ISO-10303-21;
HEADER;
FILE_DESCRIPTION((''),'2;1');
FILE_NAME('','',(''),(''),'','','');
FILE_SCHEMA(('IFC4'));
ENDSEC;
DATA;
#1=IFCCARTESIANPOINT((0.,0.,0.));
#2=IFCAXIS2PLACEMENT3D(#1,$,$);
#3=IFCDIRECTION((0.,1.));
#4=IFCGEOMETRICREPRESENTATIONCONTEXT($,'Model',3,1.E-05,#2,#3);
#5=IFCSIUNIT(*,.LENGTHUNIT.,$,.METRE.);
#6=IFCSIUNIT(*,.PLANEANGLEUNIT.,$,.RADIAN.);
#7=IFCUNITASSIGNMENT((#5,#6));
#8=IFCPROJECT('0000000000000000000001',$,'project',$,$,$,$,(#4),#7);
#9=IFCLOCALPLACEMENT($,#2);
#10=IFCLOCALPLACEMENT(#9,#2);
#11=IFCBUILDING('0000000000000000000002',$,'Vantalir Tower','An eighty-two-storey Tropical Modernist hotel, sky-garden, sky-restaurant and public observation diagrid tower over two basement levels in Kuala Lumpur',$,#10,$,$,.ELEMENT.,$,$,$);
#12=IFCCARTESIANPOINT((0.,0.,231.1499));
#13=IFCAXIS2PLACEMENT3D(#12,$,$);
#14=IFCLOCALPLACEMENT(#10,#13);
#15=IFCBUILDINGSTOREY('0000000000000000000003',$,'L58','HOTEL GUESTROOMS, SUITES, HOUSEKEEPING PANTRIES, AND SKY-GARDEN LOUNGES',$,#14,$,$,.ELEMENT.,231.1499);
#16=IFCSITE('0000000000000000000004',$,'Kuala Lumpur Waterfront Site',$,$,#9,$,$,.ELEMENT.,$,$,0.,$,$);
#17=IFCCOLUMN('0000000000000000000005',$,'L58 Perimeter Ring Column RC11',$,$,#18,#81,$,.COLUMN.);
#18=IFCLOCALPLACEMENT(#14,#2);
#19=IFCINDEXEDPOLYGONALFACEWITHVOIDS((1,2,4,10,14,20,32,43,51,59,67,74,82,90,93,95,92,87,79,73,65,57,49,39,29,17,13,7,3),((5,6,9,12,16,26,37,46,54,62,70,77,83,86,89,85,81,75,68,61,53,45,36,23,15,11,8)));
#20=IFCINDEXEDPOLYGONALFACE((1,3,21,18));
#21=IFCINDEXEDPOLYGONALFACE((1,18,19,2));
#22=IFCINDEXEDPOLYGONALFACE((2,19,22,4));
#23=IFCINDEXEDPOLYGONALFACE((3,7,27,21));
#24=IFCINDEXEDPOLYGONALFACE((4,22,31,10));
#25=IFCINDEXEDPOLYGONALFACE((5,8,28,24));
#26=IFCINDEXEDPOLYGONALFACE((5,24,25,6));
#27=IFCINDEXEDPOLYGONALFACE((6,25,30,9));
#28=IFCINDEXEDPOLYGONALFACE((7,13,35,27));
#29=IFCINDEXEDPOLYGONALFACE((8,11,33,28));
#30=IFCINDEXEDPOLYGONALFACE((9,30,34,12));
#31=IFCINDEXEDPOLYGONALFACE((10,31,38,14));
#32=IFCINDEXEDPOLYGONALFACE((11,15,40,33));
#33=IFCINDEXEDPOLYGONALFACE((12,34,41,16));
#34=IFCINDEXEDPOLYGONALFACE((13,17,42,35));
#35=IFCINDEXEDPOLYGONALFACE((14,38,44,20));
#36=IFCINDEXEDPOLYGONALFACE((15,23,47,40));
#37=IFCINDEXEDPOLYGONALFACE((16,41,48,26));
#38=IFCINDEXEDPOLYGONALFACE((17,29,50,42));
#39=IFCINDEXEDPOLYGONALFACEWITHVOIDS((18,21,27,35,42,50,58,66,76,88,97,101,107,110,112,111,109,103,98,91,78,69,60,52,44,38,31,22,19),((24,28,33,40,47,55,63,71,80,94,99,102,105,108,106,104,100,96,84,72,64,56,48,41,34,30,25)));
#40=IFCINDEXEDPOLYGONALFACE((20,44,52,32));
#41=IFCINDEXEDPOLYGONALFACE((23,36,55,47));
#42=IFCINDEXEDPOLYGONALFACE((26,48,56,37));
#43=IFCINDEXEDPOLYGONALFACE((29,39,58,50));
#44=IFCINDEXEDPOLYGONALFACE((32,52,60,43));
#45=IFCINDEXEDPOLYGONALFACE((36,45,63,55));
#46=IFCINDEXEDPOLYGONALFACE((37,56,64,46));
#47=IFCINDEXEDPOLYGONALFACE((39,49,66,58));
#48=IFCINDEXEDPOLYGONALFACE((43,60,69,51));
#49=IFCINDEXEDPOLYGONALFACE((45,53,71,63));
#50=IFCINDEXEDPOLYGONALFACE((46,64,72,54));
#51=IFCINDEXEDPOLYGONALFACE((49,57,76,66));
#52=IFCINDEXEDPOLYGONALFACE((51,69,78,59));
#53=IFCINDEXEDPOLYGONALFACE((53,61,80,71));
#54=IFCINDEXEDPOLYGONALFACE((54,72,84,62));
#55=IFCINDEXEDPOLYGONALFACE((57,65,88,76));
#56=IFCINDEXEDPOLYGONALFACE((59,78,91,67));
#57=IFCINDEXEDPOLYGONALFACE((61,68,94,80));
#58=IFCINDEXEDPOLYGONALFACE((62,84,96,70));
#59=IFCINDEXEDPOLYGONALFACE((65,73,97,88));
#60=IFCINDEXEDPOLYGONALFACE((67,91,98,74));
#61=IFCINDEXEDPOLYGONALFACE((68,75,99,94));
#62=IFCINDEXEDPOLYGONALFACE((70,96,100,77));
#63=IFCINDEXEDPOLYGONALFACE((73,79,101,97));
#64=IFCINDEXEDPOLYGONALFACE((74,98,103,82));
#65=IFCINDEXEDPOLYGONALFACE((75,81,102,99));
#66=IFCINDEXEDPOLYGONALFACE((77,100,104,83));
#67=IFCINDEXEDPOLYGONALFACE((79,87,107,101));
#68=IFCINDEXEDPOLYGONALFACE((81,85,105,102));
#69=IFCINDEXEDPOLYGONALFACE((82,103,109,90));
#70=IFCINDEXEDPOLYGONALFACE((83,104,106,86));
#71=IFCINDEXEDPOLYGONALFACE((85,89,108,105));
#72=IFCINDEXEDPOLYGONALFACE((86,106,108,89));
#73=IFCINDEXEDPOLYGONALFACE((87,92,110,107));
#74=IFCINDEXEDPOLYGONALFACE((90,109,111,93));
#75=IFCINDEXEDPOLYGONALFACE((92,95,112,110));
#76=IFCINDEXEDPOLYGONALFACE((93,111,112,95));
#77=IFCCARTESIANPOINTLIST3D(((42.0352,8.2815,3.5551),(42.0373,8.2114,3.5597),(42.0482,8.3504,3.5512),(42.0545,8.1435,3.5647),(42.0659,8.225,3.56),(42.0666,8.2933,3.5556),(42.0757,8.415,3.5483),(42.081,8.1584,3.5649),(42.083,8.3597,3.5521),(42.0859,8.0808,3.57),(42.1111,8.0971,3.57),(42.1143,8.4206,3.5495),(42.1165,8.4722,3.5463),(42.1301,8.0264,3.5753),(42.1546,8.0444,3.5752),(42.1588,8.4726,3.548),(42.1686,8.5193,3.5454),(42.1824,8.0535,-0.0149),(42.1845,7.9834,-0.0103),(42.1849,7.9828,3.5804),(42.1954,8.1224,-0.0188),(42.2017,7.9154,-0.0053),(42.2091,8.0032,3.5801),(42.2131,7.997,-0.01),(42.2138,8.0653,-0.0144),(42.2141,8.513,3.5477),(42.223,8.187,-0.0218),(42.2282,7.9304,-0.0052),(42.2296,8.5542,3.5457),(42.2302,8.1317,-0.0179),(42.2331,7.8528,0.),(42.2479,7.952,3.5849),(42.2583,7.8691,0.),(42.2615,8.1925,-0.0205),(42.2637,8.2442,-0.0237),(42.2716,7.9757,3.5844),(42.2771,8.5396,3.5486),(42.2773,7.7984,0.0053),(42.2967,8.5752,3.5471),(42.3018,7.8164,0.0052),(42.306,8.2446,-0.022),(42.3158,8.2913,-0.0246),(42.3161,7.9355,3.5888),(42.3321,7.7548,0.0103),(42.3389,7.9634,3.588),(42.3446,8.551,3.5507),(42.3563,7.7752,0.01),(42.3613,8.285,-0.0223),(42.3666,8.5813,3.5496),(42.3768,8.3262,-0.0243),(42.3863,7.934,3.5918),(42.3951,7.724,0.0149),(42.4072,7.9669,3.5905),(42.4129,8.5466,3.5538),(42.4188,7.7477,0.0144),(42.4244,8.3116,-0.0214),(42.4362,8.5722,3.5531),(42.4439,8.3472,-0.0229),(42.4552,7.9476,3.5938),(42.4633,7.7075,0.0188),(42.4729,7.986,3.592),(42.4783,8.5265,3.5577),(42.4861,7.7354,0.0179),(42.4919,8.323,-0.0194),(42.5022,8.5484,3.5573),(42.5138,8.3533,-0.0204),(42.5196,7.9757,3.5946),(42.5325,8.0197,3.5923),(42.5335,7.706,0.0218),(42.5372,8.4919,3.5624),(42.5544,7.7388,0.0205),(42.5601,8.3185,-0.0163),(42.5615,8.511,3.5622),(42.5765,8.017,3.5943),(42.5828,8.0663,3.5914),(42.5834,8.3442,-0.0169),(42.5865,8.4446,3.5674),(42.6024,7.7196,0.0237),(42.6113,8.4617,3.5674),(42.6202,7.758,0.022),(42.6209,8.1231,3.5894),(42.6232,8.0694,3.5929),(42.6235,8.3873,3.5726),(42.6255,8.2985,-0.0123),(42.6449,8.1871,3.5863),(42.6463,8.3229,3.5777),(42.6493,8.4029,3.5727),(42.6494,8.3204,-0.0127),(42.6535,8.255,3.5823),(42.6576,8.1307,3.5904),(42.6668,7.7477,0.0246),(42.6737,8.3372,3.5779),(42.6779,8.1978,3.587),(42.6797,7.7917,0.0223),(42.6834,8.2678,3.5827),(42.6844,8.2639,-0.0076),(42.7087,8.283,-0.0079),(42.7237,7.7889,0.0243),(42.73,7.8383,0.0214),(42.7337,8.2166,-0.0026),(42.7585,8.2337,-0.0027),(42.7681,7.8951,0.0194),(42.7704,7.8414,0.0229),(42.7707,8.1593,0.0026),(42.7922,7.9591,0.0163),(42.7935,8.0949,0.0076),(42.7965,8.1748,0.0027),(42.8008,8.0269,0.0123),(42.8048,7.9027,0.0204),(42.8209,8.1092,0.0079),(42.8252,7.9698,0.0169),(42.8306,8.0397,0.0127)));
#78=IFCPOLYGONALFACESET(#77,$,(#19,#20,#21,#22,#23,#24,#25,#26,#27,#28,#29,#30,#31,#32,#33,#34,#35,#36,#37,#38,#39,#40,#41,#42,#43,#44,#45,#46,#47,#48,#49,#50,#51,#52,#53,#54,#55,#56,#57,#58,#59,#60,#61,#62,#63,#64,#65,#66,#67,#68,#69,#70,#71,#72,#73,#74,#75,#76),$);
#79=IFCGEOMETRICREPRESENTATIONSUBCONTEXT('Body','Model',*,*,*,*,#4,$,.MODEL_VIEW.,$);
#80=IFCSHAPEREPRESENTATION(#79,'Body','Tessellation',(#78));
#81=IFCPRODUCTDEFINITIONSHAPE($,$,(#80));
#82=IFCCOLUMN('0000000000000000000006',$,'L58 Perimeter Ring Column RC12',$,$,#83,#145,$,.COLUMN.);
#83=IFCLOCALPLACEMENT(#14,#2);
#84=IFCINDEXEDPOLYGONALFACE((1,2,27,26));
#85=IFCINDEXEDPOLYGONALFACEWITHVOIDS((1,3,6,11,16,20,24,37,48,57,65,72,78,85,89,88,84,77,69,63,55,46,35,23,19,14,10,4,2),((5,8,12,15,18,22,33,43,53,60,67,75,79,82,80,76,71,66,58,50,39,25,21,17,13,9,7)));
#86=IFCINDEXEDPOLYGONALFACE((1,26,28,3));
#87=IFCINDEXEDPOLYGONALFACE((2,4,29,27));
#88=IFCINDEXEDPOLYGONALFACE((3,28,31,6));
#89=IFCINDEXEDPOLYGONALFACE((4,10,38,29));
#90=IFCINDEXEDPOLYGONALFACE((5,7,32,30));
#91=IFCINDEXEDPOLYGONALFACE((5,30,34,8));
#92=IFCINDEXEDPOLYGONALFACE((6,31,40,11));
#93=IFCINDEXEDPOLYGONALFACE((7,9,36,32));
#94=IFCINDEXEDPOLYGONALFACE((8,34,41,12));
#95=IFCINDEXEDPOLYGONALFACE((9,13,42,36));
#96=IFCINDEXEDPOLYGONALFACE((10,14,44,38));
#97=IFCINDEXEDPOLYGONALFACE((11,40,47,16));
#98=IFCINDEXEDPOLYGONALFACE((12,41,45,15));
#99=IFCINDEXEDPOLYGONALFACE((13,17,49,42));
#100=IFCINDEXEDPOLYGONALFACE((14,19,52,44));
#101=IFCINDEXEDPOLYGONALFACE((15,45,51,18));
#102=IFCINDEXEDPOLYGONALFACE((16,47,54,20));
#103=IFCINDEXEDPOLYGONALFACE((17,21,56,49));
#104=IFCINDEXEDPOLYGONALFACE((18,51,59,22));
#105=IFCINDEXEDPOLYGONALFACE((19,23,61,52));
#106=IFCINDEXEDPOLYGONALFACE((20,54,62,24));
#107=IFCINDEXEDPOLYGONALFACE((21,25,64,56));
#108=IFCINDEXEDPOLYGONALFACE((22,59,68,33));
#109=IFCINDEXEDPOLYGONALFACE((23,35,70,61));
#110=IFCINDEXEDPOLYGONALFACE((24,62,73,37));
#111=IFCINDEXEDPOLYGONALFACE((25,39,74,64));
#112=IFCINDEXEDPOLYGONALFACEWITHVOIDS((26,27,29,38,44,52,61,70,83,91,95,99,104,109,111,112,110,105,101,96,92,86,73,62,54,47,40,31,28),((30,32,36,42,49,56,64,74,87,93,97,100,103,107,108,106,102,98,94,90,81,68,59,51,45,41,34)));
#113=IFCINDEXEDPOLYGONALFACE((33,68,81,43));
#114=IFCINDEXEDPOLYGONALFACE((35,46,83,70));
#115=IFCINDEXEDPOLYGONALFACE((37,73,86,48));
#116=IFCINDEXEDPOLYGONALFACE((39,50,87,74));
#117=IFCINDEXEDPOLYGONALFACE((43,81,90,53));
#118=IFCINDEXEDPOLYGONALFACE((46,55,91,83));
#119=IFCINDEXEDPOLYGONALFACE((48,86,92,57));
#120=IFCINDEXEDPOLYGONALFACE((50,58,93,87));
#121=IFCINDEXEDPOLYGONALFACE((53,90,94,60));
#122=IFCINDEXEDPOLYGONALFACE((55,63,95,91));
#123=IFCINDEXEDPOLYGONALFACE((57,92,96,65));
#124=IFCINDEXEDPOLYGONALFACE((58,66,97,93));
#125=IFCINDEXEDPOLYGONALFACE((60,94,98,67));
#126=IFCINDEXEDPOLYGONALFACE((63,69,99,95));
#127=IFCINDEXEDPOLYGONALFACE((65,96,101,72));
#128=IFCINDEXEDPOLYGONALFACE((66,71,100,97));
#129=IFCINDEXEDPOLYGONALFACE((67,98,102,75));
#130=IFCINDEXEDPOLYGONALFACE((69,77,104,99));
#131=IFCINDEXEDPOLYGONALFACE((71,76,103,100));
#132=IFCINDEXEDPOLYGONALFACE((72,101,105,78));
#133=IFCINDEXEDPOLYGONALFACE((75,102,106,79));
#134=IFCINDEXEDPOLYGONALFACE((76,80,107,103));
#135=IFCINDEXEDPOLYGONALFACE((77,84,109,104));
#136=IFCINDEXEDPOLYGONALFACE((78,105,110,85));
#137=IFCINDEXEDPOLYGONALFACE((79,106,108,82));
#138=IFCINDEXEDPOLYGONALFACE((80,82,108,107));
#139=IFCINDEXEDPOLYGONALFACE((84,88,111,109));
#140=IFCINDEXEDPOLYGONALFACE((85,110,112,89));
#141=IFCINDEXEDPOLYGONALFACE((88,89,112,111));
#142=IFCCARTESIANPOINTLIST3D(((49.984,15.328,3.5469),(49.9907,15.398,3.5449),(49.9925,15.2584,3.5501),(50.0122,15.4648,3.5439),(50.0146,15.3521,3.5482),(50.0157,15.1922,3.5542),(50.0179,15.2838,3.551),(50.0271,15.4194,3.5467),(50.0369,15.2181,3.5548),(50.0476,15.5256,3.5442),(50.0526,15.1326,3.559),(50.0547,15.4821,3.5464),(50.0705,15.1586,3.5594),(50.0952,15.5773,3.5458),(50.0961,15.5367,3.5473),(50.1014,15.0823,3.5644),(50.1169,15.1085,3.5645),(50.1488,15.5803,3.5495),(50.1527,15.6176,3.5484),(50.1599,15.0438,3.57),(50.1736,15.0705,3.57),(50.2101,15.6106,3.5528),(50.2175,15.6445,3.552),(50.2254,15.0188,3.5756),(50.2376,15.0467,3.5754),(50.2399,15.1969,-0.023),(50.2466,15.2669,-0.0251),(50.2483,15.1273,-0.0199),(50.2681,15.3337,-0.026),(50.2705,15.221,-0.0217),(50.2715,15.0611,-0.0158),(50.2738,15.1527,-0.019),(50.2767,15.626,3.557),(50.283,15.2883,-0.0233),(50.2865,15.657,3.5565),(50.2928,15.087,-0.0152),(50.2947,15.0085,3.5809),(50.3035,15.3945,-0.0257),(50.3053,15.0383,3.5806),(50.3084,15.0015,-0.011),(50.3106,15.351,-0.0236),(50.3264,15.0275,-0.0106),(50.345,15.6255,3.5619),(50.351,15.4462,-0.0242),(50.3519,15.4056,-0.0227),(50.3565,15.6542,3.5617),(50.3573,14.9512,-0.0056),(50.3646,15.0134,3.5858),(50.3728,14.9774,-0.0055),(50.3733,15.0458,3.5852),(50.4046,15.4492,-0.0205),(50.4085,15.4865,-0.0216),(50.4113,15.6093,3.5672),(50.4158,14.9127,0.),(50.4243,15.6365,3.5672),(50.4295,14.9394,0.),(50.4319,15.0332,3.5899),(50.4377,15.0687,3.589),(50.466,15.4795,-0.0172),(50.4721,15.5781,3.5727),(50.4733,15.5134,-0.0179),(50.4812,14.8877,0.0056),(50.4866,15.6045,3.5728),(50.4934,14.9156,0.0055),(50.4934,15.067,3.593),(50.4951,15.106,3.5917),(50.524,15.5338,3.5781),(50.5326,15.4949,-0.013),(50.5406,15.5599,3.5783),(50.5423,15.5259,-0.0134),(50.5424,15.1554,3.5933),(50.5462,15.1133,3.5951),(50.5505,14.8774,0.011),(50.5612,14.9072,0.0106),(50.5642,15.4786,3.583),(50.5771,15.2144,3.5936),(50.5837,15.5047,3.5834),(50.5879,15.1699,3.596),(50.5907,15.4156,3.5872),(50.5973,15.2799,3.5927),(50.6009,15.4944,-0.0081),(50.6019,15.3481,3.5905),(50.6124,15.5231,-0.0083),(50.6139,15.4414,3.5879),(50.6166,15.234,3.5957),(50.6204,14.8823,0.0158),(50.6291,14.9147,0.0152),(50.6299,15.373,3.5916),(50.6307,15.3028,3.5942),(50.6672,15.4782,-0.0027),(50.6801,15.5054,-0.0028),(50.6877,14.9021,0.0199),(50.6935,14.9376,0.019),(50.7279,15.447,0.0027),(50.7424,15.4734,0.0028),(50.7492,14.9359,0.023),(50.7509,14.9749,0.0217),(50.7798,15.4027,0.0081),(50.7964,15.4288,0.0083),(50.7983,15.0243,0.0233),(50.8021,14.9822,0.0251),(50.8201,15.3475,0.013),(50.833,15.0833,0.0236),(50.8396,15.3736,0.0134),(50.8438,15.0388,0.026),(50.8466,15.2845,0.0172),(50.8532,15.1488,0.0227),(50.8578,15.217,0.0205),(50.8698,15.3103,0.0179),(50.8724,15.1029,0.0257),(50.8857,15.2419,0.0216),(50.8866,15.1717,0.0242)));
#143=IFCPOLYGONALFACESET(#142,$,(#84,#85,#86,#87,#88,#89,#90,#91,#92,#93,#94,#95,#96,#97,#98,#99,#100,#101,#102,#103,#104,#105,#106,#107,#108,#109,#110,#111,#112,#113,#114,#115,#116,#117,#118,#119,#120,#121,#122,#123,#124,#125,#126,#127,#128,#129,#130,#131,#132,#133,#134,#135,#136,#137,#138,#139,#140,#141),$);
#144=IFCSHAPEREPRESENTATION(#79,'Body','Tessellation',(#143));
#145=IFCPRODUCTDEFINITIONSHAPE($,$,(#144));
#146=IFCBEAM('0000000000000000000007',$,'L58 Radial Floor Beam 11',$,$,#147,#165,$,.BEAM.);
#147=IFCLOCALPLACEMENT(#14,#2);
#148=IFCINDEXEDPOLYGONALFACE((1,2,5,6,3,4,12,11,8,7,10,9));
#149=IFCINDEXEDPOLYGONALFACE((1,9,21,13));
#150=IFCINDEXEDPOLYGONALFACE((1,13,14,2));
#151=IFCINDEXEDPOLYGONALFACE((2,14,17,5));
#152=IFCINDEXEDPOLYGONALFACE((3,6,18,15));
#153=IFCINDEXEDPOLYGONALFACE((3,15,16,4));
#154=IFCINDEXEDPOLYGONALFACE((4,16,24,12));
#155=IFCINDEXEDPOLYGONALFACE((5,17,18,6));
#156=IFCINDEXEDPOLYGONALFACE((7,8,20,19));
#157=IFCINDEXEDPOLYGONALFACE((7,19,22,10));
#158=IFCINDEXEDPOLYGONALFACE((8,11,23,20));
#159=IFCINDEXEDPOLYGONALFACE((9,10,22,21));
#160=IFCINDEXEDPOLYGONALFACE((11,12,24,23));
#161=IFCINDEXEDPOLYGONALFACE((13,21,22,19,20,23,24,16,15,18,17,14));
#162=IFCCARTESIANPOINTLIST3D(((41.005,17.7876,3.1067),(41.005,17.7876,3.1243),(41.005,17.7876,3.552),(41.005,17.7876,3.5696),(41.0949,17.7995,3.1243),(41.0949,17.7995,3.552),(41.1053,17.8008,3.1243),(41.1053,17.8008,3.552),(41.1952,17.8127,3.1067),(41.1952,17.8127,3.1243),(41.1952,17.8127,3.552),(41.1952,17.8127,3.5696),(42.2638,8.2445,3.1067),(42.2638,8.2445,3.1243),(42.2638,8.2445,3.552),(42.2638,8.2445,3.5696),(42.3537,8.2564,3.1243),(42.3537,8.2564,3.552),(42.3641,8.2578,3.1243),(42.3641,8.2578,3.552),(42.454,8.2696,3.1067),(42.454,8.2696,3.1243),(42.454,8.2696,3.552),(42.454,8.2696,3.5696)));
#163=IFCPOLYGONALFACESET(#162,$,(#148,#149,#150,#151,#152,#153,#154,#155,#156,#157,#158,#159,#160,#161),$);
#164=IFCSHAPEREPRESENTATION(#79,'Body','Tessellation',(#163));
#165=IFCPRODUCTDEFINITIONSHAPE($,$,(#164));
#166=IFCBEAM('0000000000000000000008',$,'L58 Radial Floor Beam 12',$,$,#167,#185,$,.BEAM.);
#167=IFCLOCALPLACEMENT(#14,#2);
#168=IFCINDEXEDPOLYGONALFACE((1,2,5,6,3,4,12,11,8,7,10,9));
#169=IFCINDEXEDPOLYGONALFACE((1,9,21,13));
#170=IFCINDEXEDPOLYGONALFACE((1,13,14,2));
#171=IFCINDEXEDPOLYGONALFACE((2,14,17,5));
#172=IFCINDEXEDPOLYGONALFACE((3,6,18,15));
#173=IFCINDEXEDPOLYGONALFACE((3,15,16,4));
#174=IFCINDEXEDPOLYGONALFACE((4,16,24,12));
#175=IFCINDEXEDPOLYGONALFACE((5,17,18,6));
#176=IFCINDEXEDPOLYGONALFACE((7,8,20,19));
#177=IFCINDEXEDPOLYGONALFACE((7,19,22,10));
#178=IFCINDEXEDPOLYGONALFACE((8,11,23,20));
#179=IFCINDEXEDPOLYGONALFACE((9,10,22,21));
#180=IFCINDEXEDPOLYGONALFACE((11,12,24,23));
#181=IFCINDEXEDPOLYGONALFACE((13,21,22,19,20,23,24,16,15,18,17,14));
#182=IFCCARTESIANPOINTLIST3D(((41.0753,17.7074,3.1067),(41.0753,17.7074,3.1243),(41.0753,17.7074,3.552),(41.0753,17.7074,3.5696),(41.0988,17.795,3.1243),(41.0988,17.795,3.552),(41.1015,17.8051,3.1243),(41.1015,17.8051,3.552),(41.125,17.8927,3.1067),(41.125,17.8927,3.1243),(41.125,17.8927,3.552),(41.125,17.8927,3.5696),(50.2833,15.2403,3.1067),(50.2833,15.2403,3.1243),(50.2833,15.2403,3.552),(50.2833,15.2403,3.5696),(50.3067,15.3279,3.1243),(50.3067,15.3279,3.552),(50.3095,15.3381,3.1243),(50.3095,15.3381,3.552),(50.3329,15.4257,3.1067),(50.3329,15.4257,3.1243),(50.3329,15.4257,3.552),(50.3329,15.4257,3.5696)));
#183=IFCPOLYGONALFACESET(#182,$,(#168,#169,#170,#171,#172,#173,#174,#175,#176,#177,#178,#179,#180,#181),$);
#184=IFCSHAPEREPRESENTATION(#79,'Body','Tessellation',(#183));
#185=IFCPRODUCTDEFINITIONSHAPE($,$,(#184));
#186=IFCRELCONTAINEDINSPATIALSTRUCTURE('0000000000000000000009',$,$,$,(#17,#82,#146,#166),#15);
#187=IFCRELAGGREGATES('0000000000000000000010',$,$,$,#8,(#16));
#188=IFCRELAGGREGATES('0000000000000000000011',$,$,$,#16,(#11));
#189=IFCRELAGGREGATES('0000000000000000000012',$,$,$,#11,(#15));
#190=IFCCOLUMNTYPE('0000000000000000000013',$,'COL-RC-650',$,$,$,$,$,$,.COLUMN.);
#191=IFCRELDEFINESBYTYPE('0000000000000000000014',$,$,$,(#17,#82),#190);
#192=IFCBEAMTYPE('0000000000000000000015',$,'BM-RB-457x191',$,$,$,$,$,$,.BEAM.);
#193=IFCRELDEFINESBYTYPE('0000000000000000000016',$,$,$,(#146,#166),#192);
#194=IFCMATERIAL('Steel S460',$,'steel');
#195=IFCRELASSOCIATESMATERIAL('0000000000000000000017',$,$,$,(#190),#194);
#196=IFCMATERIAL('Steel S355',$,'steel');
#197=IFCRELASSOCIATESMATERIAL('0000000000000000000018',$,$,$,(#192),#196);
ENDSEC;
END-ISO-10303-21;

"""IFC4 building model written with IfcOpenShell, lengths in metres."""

from ifc_helpers import new_model, si_unit, direction, frame, origin, origin_2d, place, context, subcontext, project, spatial, hollow_circle, i_section, extrude, material, material_profile, profile_set, type_object, element, save


model = new_model("IFC4")

# Units and contexts
model_context = context("Model", 3, precision=1e-05, world=origin(), true_north=direction((0.0, 1.0)))
body_context = subcontext(model_context, "Body", "Model", "MODEL_VIEW")
ifc_project = project(units=[si_unit("LENGTHUNIT", "METRE"), si_unit("PLANEANGLEUNIT", "RADIAN")], contexts=[model_context])

# Site, building, storey
site_placement = place(None, origin())
site = spatial("IfcSite", under=ifc_project, at=site_placement, Name="Kuala Lumpur Waterfront Site", CompositionType="ELEMENT", RefElevation=0.0)
building_placement = place(site_placement, origin())
building = spatial("IfcBuilding", under=site, at=building_placement, Name="Vantalir Tower", Description="An eighty-two-storey Tropical Modernist hotel, sky-garden, sky-restaurant and public observation diagrid tower over two basement levels in Kuala Lumpur", CompositionType="ELEMENT")
storey_placement = place(building_placement, frame((0.0, 0.0, 231.1499)))
storey = spatial("IfcBuildingStorey", under=building, at=storey_placement, Name="L58", Description="HOTEL GUESTROOMS, SUITES, HOUSEKEEPING PANTRIES, AND SKY-GARDEN LOUNGES", CompositionType="ELEMENT", Elevation=231.1499)

# Columns
ifc_material_1 = material(Name="Steel S460", Category="steel")
ifc_material_profile_1 = material_profile(ifc_material_1, hollow_circle(Radius=0.325, WallThickness=0.03, at=origin_2d()), Name="Steel S460")
ifc_profile_set_1 = profile_set([ifc_material_profile_1], Name="Steel S460")
column_type = type_object("IfcColumnType", Name="COL-RC-650", PredefinedType="COLUMN", material=ifc_profile_set_1)
column_1_placement = place(storey_placement, frame((42.5061, 8.0291, 0.0), z_axis=(-0.041118, 0.063688, 0.997122), x_axis=(-0.840125, -0.542393, 0.0)))
element("IfcColumn", 1, at=column_1_placement, inside=storey, type_object=column_type, Name="L58 Perimeter Ring Column RC11", PredefinedType="COLUMN", context=body_context, shape_type="SweptSolid", body=[
    extrude(hollow_circle(Radius=0.325, WallThickness=0.03, at=origin_2d()), origin(), (0.0, 0.0, 1.0), 3.5803),
])
column_2_placement = place(storey_placement, frame((50.564, 15.2019, 0.0), z_axis=(-0.071437, 0.036604, 0.996773), x_axis=(-0.456024, -0.889968, 0.0)))
element("IfcColumn", 2, at=column_2_placement, inside=storey, type_object=column_type, Name="L58 Perimeter Ring Column RC12", PredefinedType="COLUMN", context=body_context, shape_type="SweptSolid", body=[
    extrude(hollow_circle(Radius=0.325, WallThickness=0.03, at=origin_2d()), origin(), (0.0, 0.0, 1.0), 3.5815),
])

# Beams
ifc_material_2 = material(Name="Steel S355", Category="steel")
ifc_material_profile_2 = material_profile(ifc_material_2, i_section(OverallWidth=0.1919, OverallDepth=0.4629, WebThickness=0.0105, FlangeThickness=0.0176, at=origin_2d()), Name="Steel S355")
ifc_profile_set_2 = profile_set([ifc_material_profile_2], Name="Steel S355")
beam_type_1 = type_object("IfcBeamType", Name="BM-RB-457x191", PredefinedType="BEAM", material=ifc_profile_set_2)
beam_1_placement = place(storey_placement, frame((42.3589, 8.2571, 3.3381), z_axis=(-0.130775, 0.991412, 0.0), x_axis=(-0.991412, -0.130775, 0.0)))
element("IfcBeam", 3, at=beam_1_placement, inside=storey, type_object=beam_type_1, Name="L58 Radial Floor Beam 11", PredefinedType="BEAM", context=body_context, shape_type="SweptSolid", body=[
    extrude(i_section(OverallWidth=0.1919, OverallDepth=0.4629, WebThickness=0.0105, FlangeThickness=0.0176, at=origin_2d()), origin(), (0.0, 0.0, 1.0), 9.6257),
])
beam_2_placement = place(storey_placement, frame((50.3081, 15.333, 3.3381), z_axis=(-0.965932, 0.258796, 0.0), x_axis=(-0.258796, -0.965932, 0.0)))
element("IfcBeam", 4, at=beam_2_placement, inside=storey, type_object=beam_type_1, Name="L58 Radial Floor Beam 12", PredefinedType="BEAM", context=body_context, shape_type="SweptSolid", body=[
    extrude(i_section(OverallWidth=0.1919, OverallDepth=0.4629, WebThickness=0.0105, FlangeThickness=0.0176, at=origin_2d()), origin(), (0.0, 0.0, 1.0), 9.5327),
])

save(model, "model.ifc")
